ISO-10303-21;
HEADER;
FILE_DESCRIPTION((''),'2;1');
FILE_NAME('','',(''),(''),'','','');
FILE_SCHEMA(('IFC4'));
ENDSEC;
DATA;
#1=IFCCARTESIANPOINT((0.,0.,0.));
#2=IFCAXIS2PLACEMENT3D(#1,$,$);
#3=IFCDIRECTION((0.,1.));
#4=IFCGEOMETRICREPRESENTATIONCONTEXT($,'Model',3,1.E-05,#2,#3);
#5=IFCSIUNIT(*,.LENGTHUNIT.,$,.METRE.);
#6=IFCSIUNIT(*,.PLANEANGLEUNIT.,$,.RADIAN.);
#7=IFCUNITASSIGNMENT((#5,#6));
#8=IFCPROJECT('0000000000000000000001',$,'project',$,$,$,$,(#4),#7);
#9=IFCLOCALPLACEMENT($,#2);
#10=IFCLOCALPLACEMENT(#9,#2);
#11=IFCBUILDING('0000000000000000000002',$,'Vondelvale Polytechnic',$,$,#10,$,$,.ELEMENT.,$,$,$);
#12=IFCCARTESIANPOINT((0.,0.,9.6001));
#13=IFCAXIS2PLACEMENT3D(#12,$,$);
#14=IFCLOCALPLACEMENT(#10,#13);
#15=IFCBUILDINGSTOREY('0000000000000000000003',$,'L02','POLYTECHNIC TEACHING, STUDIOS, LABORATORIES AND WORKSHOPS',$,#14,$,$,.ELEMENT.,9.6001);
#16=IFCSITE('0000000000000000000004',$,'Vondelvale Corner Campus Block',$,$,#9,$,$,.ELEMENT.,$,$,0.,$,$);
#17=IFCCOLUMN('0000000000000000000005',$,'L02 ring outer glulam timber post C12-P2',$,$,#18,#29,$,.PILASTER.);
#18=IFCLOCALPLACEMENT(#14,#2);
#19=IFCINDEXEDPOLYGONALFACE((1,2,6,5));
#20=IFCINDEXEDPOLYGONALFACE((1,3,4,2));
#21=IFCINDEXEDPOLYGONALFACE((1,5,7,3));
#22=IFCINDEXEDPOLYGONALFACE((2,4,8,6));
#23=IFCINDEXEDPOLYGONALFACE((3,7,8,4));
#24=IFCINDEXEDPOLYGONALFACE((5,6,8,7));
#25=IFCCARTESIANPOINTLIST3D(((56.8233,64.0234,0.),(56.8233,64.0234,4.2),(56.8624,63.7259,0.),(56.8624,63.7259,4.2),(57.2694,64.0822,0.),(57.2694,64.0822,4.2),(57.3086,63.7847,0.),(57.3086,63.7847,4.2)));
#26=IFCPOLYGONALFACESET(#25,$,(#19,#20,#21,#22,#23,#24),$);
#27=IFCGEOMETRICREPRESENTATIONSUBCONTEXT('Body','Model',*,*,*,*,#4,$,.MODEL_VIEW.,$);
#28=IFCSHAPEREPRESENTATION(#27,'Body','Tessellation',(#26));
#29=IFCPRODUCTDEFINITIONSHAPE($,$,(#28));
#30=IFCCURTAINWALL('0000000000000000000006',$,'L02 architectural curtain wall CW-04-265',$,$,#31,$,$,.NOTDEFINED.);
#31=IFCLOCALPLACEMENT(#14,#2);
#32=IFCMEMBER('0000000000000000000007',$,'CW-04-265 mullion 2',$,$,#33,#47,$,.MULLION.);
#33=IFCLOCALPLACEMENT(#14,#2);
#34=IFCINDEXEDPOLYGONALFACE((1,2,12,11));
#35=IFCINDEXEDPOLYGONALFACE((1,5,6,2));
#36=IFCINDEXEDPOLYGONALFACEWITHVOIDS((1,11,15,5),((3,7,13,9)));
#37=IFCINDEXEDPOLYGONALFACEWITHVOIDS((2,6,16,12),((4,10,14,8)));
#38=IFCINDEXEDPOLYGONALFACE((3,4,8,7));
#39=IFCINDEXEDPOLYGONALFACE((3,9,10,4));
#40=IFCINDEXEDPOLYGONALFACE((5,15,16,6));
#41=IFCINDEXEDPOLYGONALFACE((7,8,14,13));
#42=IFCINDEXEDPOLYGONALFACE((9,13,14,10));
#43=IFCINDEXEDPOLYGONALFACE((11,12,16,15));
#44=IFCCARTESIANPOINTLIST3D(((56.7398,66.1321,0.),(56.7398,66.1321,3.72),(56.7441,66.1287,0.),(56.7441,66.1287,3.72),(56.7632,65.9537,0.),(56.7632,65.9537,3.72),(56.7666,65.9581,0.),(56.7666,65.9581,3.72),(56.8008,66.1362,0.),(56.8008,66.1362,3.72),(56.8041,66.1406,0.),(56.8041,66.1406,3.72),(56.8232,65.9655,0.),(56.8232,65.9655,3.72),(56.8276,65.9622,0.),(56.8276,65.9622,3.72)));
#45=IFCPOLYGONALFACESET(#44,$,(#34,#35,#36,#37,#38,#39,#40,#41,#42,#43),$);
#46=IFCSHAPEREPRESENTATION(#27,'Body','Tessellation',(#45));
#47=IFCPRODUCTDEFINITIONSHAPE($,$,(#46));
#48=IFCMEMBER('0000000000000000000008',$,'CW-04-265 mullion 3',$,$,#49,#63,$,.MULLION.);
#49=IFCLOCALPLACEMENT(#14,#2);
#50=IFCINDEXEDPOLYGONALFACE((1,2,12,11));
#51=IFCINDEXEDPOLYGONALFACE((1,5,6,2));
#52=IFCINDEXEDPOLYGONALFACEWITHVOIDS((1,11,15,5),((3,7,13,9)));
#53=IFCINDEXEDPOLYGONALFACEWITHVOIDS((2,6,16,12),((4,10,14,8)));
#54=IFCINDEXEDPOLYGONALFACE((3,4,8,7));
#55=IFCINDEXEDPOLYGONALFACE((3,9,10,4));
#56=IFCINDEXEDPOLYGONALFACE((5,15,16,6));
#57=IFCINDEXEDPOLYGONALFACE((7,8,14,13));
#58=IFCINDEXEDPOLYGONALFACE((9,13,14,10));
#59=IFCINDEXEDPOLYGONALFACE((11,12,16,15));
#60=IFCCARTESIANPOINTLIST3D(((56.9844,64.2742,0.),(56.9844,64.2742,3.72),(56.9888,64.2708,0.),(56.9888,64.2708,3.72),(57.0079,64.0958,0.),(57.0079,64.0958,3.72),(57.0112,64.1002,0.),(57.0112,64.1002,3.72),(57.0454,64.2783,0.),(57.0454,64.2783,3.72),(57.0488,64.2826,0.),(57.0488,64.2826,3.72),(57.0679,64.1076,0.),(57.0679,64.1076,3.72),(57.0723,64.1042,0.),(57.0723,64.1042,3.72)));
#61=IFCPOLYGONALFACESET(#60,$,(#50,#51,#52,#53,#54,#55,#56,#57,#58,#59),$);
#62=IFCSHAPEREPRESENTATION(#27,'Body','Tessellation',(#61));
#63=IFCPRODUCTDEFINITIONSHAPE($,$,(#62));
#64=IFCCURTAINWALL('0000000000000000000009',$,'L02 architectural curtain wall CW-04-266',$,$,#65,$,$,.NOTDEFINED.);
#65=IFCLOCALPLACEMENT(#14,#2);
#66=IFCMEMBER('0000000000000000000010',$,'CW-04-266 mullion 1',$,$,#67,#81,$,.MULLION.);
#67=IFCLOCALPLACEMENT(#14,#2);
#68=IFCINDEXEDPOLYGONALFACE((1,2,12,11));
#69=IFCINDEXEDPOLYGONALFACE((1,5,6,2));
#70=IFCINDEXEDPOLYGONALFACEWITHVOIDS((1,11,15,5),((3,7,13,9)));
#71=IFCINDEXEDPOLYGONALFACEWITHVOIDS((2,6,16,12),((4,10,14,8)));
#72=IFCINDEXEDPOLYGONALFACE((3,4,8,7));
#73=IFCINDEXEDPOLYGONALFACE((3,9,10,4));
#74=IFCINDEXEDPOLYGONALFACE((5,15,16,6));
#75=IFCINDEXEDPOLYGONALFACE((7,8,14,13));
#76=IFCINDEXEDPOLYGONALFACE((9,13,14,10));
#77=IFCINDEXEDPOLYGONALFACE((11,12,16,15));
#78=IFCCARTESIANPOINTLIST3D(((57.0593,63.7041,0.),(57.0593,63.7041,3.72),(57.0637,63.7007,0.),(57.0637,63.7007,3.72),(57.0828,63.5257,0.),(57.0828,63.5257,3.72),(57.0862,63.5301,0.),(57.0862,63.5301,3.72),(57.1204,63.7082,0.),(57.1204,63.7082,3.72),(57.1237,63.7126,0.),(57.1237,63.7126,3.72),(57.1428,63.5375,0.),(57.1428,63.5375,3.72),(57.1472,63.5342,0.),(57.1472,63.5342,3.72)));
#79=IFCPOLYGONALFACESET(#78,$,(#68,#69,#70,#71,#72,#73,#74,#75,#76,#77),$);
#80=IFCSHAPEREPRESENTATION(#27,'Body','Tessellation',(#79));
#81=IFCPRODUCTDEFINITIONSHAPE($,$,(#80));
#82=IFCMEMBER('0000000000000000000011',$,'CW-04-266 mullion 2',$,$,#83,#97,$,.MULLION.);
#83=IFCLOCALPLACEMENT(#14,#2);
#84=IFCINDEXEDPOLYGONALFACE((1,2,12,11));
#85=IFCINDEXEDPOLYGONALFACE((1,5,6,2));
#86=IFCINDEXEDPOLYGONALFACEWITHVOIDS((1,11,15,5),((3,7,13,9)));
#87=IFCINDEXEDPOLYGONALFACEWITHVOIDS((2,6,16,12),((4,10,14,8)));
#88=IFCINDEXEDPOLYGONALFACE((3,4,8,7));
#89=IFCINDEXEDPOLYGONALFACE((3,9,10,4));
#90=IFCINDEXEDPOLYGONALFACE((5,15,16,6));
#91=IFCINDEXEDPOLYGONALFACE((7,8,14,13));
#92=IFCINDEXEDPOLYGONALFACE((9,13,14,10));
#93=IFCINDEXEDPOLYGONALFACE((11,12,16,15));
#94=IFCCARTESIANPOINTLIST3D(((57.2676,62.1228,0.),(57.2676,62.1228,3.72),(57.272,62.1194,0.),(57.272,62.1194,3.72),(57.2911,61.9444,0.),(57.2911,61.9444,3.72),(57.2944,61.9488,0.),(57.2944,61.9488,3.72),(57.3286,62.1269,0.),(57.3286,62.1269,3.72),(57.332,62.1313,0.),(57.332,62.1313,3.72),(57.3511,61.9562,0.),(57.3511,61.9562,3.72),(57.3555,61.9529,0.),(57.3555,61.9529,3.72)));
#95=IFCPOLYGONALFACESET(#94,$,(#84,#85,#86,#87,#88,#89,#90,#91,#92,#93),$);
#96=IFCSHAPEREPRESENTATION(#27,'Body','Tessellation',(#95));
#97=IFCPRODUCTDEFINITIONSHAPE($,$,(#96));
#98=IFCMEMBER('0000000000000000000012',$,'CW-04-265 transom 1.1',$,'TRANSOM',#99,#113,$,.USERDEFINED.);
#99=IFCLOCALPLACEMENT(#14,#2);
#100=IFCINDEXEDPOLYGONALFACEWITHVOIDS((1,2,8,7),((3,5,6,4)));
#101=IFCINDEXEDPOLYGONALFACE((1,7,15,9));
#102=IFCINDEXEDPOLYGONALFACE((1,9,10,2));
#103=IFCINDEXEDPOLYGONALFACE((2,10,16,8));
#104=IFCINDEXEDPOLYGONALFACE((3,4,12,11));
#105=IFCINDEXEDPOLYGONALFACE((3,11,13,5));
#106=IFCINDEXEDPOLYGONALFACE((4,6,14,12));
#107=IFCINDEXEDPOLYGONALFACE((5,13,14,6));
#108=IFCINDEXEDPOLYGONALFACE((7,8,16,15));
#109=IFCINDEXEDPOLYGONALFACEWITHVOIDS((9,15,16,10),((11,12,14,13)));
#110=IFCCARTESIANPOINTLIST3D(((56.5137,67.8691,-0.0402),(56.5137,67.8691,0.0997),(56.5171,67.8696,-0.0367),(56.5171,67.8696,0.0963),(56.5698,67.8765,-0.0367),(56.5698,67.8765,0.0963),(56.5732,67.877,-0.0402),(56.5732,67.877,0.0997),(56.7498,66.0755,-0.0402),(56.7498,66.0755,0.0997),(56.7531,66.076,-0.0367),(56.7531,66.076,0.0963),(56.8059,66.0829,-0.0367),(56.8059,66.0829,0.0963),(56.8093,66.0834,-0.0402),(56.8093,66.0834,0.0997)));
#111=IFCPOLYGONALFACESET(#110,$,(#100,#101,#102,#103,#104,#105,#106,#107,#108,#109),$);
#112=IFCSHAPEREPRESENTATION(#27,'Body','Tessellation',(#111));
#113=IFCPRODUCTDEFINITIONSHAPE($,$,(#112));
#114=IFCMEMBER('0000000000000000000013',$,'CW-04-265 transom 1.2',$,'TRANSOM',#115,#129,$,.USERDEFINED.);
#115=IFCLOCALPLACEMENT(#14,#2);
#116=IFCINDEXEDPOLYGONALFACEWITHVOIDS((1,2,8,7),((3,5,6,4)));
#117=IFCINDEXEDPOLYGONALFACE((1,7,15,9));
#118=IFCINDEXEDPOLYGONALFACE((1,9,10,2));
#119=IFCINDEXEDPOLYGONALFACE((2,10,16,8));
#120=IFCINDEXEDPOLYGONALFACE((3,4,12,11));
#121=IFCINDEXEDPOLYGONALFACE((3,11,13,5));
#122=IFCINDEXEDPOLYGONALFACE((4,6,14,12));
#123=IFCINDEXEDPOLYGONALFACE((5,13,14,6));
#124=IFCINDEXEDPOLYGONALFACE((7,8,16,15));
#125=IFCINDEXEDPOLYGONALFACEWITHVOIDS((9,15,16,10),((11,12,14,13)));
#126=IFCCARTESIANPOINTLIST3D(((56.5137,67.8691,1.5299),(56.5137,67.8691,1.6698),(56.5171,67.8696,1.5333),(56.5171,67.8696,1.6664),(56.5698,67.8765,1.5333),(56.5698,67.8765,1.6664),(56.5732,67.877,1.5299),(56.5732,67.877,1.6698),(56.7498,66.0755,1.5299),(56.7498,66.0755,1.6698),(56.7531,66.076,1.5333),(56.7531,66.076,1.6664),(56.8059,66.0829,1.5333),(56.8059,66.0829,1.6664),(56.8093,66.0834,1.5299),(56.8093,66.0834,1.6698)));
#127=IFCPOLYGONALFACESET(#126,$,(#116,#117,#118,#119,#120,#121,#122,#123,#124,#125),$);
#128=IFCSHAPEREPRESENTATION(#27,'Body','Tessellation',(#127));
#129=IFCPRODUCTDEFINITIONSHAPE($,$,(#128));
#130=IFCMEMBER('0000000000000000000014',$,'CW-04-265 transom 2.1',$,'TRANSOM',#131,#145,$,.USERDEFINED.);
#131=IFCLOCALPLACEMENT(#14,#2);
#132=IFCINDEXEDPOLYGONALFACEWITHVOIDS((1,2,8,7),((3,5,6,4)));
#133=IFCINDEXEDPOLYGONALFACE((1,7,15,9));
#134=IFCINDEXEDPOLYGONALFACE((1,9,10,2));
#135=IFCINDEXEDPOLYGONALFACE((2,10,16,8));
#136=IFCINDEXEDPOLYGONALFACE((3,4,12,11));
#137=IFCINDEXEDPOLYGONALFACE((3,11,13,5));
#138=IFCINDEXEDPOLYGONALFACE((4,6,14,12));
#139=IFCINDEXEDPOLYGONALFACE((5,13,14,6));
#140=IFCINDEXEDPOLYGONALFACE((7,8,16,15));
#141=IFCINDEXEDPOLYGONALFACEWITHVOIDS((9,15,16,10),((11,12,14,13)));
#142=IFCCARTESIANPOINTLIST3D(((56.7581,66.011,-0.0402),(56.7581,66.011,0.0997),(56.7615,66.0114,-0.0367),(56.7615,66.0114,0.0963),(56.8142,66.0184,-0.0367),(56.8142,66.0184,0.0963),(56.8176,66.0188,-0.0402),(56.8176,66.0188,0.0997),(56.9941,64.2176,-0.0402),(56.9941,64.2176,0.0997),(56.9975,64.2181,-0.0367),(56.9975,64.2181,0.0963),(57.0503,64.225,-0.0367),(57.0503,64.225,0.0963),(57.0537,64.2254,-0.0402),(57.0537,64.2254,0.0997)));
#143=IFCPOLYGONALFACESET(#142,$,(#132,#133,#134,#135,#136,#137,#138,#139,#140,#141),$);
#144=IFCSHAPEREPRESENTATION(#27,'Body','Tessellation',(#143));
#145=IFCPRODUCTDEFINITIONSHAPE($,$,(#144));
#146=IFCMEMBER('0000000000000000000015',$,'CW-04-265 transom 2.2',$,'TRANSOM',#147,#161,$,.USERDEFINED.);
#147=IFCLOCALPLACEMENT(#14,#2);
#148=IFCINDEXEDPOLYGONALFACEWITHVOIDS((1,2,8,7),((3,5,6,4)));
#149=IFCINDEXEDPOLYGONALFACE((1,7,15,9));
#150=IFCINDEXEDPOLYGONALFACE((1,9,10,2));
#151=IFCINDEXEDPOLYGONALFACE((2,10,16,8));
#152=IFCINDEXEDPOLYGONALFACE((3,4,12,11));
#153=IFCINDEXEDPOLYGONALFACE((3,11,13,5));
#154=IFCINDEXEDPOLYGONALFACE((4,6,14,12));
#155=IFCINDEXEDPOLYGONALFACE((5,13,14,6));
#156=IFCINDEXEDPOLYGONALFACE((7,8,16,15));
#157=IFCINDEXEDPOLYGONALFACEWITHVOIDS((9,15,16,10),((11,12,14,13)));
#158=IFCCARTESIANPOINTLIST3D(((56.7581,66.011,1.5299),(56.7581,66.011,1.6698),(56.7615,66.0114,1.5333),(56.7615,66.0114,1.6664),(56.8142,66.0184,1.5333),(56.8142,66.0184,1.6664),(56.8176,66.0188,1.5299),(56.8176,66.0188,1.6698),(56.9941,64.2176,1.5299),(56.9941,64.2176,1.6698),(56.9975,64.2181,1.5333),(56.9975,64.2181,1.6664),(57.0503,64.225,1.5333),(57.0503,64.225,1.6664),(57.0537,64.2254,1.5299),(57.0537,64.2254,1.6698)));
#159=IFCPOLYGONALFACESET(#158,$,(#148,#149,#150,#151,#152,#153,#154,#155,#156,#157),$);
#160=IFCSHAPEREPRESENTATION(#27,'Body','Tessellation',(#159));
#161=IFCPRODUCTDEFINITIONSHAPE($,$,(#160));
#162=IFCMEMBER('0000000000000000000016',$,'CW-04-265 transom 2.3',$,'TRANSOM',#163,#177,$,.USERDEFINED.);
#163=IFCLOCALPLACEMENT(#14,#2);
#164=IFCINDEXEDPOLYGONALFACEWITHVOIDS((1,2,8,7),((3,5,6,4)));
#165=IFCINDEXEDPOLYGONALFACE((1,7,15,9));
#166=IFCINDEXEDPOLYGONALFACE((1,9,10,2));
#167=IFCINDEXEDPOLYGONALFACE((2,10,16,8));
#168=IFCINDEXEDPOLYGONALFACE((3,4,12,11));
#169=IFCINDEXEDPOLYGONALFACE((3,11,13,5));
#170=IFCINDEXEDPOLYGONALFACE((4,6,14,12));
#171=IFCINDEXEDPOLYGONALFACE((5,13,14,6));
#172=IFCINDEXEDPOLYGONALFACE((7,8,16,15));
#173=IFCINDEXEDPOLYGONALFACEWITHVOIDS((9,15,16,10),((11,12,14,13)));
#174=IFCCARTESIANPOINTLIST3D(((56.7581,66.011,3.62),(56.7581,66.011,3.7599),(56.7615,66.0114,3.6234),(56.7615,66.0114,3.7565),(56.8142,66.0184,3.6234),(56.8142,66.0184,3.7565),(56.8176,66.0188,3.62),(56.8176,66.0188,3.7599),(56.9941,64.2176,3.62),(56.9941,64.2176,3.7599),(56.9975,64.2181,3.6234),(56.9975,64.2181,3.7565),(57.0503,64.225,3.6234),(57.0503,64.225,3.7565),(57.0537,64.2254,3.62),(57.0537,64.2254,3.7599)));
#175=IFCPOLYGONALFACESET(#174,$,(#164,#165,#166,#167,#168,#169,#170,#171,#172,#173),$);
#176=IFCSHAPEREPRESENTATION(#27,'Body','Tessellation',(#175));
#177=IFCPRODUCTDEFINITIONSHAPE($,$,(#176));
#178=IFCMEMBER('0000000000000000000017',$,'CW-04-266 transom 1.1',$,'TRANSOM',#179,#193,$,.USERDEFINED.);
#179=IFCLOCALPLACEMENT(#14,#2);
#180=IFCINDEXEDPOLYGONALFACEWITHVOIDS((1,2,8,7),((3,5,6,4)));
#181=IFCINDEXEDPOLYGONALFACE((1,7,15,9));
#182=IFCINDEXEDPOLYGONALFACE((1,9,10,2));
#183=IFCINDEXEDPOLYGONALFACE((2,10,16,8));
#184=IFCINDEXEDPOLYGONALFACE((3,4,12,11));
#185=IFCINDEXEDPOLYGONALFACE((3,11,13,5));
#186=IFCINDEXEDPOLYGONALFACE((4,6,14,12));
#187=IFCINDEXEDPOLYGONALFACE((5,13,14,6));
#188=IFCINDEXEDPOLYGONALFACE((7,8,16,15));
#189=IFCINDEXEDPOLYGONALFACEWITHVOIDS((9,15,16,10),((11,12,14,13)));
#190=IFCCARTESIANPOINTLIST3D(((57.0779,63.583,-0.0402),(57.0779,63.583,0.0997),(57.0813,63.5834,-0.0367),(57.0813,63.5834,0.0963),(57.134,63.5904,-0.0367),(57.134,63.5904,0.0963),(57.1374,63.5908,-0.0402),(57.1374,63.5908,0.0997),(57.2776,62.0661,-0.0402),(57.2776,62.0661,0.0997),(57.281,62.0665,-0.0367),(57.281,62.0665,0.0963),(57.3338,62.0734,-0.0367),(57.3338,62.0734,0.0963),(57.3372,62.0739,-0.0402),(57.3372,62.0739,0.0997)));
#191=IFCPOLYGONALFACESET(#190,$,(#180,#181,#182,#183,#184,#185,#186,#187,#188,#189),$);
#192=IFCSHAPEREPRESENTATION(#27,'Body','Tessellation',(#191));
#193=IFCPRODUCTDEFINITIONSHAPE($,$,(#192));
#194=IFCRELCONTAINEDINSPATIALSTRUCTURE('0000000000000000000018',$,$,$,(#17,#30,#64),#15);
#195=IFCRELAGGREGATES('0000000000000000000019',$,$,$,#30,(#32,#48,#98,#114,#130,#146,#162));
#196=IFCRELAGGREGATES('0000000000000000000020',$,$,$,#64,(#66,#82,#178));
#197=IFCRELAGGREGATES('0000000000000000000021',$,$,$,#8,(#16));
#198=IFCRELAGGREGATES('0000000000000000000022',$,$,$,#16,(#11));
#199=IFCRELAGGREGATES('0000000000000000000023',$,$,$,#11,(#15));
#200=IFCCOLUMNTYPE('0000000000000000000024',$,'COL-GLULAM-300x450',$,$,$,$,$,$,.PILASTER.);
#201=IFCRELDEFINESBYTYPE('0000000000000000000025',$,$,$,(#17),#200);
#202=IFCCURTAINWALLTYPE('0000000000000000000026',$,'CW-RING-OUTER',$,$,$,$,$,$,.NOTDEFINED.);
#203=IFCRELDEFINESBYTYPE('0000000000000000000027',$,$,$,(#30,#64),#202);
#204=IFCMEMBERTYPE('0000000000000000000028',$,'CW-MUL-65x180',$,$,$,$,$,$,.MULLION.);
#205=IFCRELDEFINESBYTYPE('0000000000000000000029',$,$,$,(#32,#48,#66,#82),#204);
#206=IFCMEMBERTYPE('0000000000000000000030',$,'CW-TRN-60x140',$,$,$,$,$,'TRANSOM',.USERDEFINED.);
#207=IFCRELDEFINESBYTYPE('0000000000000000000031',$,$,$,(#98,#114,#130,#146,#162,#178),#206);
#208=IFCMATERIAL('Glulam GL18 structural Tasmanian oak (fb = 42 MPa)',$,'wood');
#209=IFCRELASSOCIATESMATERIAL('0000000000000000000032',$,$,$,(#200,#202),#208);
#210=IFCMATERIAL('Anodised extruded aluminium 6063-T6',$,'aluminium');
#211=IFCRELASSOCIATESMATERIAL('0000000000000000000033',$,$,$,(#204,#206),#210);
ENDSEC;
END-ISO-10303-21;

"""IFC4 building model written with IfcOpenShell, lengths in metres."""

from ifc_helpers import new_model, si_unit, direction, frame, origin, origin_2d, place, context, subcontext, project, spatial, rectangle, hollow_rectangle, extrude, material, material_profile, profile_set, type_object, element, aggregate, save


model = new_model("IFC4")

# Units and contexts
model_context = context("Model", 3, precision=1e-05, world=origin(), true_north=direction((0.0, 1.0)))
body_context = subcontext(model_context, "Body", "Model", "MODEL_VIEW")
ifc_project = project(units=[si_unit("LENGTHUNIT", "METRE"), si_unit("PLANEANGLEUNIT", "RADIAN")], contexts=[model_context])

# Site, building, storey
site_placement = place(None, origin())
site = spatial("IfcSite", under=ifc_project, at=site_placement, Name="Vondelvale Corner Campus Block", CompositionType="ELEMENT", RefElevation=0.0)
building_placement = place(site_placement, origin())
building = spatial("IfcBuilding", under=site, at=building_placement, Name="Vondelvale Polytechnic", CompositionType="ELEMENT")
storey_placement = place(building_placement, frame((0.0, 0.0, 9.6001)))
storey = spatial("IfcBuildingStorey", under=building, at=storey_placement, Name="L02", Description="POLYTECHNIC TEACHING, STUDIOS, LABORATORIES AND WORKSHOPS", CompositionType="ELEMENT", Elevation=9.6001)

# Column
ifc_material_1 = material(Name="Glulam GL18 structural Tasmanian oak (fb = 42 MPa)", Category="wood")
ifc_material_profile_1 = material_profile(ifc_material_1, rectangle(XDim=0.3, YDim=0.45, at=origin_2d()), Name="GL-POST-300x450")
ifc_profile_set_1 = profile_set([ifc_material_profile_1], Name="Glulam GL18 structural Tasmanian oak (fb = 42 MPa)")
column_type = type_object("IfcColumnType", Name="COL-GLULAM-300x450", PredefinedType="PILASTER", material=ifc_profile_set_1)
column_placement = place(storey_placement, frame((57.0659, 63.9041, 0.0), z_axis=(0.0, 0.0, 1.0), x_axis=(-0.130526, 0.991445, 0.0)))
element("IfcColumn", 1, at=column_placement, inside=storey, type_object=column_type, Name="L02 ring outer glulam timber post C12-P2", PredefinedType="PILASTER", context=body_context, shape_type="SweptSolid", body=[
    extrude(rectangle(XDim=0.3, YDim=0.45, at=origin_2d()), origin(), (0.0, 0.0, 1.0), 4.2),
])

# Curtain walls, members
curtain_wall_type = type_object("IfcCurtainWallType", Name="CW-RING-OUTER", PredefinedType="NOTDEFINED", material=ifc_material_1)
curtain_wall_1_placement = place(storey_placement, origin())
curtain_wall_1 = element("IfcCurtainWall", 2, at=curtain_wall_1_placement, inside=storey, type_object=curtain_wall_type, Name="L02 architectural curtain wall CW-04-265", PredefinedType="NOTDEFINED")
ifc_material_2 = material(Name="Anodised extruded aluminium 6063-T6", Category="aluminium")
ifc_material_profile_2 = material_profile(ifc_material_2, hollow_rectangle(XDim=0.0649, YDim=0.1799, WallThickness=0.0039, at=origin_2d()), Name="CW-MUL-180x65")
ifc_profile_set_2 = profile_set([ifc_material_profile_2], Name="Anodised extruded aluminium 6063-T6")
member_type_1 = type_object("IfcMemberType", Name="CW-MUL-65x180", PredefinedType="MULLION", material=ifc_profile_set_2)
member_1_placement = place(storey_placement, frame((56.7837, 66.0471, 0.0), z_axis=(0.0, 0.0, 1.0), x_axis=(0.991449, 0.130497, 0.0)))
member_1 = element("IfcMember", 3, at=member_1_placement, type_object=member_type_1, Name="CW-04-265 mullion 2", PredefinedType="MULLION", context=body_context, shape_type="SweptSolid", body=[
    extrude(hollow_rectangle(XDim=0.0649, YDim=0.1799, WallThickness=0.0039, at=origin_2d()), origin(), (0.0, 0.0, 1.0), 3.72),
])
member_2_placement = place(storey_placement, frame((57.0283, 64.1892, 0.0), z_axis=(0.0, 0.0, 1.0), x_axis=(0.991449, 0.130497, 0.0)))
member_2 = element("IfcMember", 4, at=member_2_placement, type_object=member_type_1, Name="CW-04-265 mullion 3", PredefinedType="MULLION", context=body_context, shape_type="SweptSolid", body=[
    extrude(hollow_rectangle(XDim=0.0649, YDim=0.1799, WallThickness=0.0039, at=origin_2d()), origin(), (0.0, 0.0, 1.0), 3.72),
])
curtain_wall_2_placement = place(storey_placement, origin())
curtain_wall_2 = element("IfcCurtainWall", 5, at=curtain_wall_2_placement, inside=storey, type_object=curtain_wall_type, Name="L02 architectural curtain wall CW-04-266", PredefinedType="NOTDEFINED")
member_3_placement = place(storey_placement, frame((57.1033, 63.6191, 0.0), z_axis=(0.0, 0.0, 1.0), x_axis=(0.991443, 0.13054, 0.0)))
member_3 = element("IfcMember", 6, at=member_3_placement, type_object=member_type_1, Name="CW-04-266 mullion 1", PredefinedType="MULLION", context=body_context, shape_type="SweptSolid", body=[
    extrude(hollow_rectangle(XDim=0.0649, YDim=0.1799, WallThickness=0.0039, at=origin_2d()), origin(), (0.0, 0.0, 1.0), 3.72),
])
member_4_placement = place(storey_placement, frame((57.3115, 62.0378, 0.0), z_axis=(0.0, 0.0, 1.0), x_axis=(0.991443, 0.13054, 0.0)))
member_4 = element("IfcMember", 7, at=member_4_placement, type_object=member_type_1, Name="CW-04-266 mullion 2", PredefinedType="MULLION", context=body_context, shape_type="SweptSolid", body=[
    extrude(hollow_rectangle(XDim=0.0649, YDim=0.1799, WallThickness=0.0039, at=origin_2d()), origin(), (0.0, 0.0, 1.0), 3.72),
])

# Members
ifc_material_profile_3 = material_profile(ifc_material_2, hollow_rectangle(XDim=0.0601, YDim=0.1399, WallThickness=0.0034, at=origin_2d()), Name="CW-TRN-140x60")
ifc_profile_set_3 = profile_set([ifc_material_profile_3], Name="Anodised extruded aluminium 6063-T6")
member_type_2 = type_object("IfcMemberType", Name="CW-TRN-60x140", ElementType="TRANSOM", PredefinedType="USERDEFINED", material=ifc_profile_set_3)
member_5_placement = place(storey_placement, frame((56.5435, 67.873, 0.0298), z_axis=(0.130493, -0.991449, 0.0), x_axis=(0.991449, 0.130493, 0.0)))
member_5 = element("IfcMember", 8, at=member_5_placement, type_object=member_type_2, Name="CW-04-265 transom 1.1", ObjectType="TRANSOM", PredefinedType="USERDEFINED", context=body_context, shape_type="SweptSolid", body=[
    extrude(hollow_rectangle(XDim=0.0601, YDim=0.1399, WallThickness=0.0034, at=origin_2d()), origin(), (0.0, 0.0, 1.0), 1.8091),
])
member_6_placement = place(storey_placement, frame((56.5435, 67.873, 1.5999), z_axis=(0.130493, -0.991449, 0.0), x_axis=(0.991449, 0.130493, 0.0)))
member_6 = element("IfcMember", 9, at=member_6_placement, type_object=member_type_2, Name="CW-04-265 transom 1.2", ObjectType="TRANSOM", PredefinedType="USERDEFINED", context=body_context, shape_type="SweptSolid", body=[
    extrude(hollow_rectangle(XDim=0.0601, YDim=0.1399, WallThickness=0.0034, at=origin_2d()), origin(), (0.0, 0.0, 1.0), 1.8091),
])
member_7_placement = place(storey_placement, frame((56.7878, 66.0149, 0.0298), z_axis=(0.13051, -0.991447, 0.0), x_axis=(0.991447, 0.13051, 0.0)))
member_7 = element("IfcMember", 10, at=member_7_placement, type_object=member_type_2, Name="CW-04-265 transom 2.1", ObjectType="TRANSOM", PredefinedType="USERDEFINED", context=body_context, shape_type="SweptSolid", body=[
    extrude(hollow_rectangle(XDim=0.0601, YDim=0.1399, WallThickness=0.0034, at=origin_2d()), origin(), (0.0, 0.0, 1.0), 1.8088),
])
member_8_placement = place(storey_placement, frame((56.7878, 66.0149, 1.5999), z_axis=(0.13051, -0.991447, 0.0), x_axis=(0.991447, 0.13051, 0.0)))
member_8 = element("IfcMember", 11, at=member_8_placement, type_object=member_type_2, Name="CW-04-265 transom 2.2", ObjectType="TRANSOM", PredefinedType="USERDEFINED", context=body_context, shape_type="SweptSolid", body=[
    extrude(hollow_rectangle(XDim=0.0601, YDim=0.1399, WallThickness=0.0034, at=origin_2d()), origin(), (0.0, 0.0, 1.0), 1.8088),
])
member_9_placement = place(storey_placement, frame((56.7878, 66.0149, 3.6899), z_axis=(0.13051, -0.991447, 0.0), x_axis=(0.991447, 0.13051, 0.0)))
member_9 = element("IfcMember", 12, at=member_9_placement, type_object=member_type_2, Name="CW-04-265 transom 2.3", ObjectType="TRANSOM", PredefinedType="USERDEFINED", context=body_context, shape_type="SweptSolid", body=[
    extrude(hollow_rectangle(XDim=0.0601, YDim=0.1399, WallThickness=0.0034, at=origin_2d()), origin(), (0.0, 0.0, 1.0), 1.8088),
])
member_10_placement = place(storey_placement, frame((57.1077, 63.5869, 0.0298), z_axis=(0.130533, -0.991444, 0.0), x_axis=(0.991444, 0.130533, 0.0)))
member_10 = element("IfcMember", 13, at=member_10_placement, type_object=member_type_2, Name="CW-04-266 transom 1.1", ObjectType="TRANSOM", PredefinedType="USERDEFINED", context=body_context, shape_type="SweptSolid", body=[
    extrude(hollow_rectangle(XDim=0.0601, YDim=0.1399, WallThickness=0.0034, at=origin_2d()), origin(), (0.0, 0.0, 1.0), 1.53),
])

aggregate(curtain_wall_1, [member_1, member_2, member_5, member_6, member_7, member_8, member_9])
aggregate(curtain_wall_2, [member_3, member_4, member_10])

save(model, "model.ifc")
